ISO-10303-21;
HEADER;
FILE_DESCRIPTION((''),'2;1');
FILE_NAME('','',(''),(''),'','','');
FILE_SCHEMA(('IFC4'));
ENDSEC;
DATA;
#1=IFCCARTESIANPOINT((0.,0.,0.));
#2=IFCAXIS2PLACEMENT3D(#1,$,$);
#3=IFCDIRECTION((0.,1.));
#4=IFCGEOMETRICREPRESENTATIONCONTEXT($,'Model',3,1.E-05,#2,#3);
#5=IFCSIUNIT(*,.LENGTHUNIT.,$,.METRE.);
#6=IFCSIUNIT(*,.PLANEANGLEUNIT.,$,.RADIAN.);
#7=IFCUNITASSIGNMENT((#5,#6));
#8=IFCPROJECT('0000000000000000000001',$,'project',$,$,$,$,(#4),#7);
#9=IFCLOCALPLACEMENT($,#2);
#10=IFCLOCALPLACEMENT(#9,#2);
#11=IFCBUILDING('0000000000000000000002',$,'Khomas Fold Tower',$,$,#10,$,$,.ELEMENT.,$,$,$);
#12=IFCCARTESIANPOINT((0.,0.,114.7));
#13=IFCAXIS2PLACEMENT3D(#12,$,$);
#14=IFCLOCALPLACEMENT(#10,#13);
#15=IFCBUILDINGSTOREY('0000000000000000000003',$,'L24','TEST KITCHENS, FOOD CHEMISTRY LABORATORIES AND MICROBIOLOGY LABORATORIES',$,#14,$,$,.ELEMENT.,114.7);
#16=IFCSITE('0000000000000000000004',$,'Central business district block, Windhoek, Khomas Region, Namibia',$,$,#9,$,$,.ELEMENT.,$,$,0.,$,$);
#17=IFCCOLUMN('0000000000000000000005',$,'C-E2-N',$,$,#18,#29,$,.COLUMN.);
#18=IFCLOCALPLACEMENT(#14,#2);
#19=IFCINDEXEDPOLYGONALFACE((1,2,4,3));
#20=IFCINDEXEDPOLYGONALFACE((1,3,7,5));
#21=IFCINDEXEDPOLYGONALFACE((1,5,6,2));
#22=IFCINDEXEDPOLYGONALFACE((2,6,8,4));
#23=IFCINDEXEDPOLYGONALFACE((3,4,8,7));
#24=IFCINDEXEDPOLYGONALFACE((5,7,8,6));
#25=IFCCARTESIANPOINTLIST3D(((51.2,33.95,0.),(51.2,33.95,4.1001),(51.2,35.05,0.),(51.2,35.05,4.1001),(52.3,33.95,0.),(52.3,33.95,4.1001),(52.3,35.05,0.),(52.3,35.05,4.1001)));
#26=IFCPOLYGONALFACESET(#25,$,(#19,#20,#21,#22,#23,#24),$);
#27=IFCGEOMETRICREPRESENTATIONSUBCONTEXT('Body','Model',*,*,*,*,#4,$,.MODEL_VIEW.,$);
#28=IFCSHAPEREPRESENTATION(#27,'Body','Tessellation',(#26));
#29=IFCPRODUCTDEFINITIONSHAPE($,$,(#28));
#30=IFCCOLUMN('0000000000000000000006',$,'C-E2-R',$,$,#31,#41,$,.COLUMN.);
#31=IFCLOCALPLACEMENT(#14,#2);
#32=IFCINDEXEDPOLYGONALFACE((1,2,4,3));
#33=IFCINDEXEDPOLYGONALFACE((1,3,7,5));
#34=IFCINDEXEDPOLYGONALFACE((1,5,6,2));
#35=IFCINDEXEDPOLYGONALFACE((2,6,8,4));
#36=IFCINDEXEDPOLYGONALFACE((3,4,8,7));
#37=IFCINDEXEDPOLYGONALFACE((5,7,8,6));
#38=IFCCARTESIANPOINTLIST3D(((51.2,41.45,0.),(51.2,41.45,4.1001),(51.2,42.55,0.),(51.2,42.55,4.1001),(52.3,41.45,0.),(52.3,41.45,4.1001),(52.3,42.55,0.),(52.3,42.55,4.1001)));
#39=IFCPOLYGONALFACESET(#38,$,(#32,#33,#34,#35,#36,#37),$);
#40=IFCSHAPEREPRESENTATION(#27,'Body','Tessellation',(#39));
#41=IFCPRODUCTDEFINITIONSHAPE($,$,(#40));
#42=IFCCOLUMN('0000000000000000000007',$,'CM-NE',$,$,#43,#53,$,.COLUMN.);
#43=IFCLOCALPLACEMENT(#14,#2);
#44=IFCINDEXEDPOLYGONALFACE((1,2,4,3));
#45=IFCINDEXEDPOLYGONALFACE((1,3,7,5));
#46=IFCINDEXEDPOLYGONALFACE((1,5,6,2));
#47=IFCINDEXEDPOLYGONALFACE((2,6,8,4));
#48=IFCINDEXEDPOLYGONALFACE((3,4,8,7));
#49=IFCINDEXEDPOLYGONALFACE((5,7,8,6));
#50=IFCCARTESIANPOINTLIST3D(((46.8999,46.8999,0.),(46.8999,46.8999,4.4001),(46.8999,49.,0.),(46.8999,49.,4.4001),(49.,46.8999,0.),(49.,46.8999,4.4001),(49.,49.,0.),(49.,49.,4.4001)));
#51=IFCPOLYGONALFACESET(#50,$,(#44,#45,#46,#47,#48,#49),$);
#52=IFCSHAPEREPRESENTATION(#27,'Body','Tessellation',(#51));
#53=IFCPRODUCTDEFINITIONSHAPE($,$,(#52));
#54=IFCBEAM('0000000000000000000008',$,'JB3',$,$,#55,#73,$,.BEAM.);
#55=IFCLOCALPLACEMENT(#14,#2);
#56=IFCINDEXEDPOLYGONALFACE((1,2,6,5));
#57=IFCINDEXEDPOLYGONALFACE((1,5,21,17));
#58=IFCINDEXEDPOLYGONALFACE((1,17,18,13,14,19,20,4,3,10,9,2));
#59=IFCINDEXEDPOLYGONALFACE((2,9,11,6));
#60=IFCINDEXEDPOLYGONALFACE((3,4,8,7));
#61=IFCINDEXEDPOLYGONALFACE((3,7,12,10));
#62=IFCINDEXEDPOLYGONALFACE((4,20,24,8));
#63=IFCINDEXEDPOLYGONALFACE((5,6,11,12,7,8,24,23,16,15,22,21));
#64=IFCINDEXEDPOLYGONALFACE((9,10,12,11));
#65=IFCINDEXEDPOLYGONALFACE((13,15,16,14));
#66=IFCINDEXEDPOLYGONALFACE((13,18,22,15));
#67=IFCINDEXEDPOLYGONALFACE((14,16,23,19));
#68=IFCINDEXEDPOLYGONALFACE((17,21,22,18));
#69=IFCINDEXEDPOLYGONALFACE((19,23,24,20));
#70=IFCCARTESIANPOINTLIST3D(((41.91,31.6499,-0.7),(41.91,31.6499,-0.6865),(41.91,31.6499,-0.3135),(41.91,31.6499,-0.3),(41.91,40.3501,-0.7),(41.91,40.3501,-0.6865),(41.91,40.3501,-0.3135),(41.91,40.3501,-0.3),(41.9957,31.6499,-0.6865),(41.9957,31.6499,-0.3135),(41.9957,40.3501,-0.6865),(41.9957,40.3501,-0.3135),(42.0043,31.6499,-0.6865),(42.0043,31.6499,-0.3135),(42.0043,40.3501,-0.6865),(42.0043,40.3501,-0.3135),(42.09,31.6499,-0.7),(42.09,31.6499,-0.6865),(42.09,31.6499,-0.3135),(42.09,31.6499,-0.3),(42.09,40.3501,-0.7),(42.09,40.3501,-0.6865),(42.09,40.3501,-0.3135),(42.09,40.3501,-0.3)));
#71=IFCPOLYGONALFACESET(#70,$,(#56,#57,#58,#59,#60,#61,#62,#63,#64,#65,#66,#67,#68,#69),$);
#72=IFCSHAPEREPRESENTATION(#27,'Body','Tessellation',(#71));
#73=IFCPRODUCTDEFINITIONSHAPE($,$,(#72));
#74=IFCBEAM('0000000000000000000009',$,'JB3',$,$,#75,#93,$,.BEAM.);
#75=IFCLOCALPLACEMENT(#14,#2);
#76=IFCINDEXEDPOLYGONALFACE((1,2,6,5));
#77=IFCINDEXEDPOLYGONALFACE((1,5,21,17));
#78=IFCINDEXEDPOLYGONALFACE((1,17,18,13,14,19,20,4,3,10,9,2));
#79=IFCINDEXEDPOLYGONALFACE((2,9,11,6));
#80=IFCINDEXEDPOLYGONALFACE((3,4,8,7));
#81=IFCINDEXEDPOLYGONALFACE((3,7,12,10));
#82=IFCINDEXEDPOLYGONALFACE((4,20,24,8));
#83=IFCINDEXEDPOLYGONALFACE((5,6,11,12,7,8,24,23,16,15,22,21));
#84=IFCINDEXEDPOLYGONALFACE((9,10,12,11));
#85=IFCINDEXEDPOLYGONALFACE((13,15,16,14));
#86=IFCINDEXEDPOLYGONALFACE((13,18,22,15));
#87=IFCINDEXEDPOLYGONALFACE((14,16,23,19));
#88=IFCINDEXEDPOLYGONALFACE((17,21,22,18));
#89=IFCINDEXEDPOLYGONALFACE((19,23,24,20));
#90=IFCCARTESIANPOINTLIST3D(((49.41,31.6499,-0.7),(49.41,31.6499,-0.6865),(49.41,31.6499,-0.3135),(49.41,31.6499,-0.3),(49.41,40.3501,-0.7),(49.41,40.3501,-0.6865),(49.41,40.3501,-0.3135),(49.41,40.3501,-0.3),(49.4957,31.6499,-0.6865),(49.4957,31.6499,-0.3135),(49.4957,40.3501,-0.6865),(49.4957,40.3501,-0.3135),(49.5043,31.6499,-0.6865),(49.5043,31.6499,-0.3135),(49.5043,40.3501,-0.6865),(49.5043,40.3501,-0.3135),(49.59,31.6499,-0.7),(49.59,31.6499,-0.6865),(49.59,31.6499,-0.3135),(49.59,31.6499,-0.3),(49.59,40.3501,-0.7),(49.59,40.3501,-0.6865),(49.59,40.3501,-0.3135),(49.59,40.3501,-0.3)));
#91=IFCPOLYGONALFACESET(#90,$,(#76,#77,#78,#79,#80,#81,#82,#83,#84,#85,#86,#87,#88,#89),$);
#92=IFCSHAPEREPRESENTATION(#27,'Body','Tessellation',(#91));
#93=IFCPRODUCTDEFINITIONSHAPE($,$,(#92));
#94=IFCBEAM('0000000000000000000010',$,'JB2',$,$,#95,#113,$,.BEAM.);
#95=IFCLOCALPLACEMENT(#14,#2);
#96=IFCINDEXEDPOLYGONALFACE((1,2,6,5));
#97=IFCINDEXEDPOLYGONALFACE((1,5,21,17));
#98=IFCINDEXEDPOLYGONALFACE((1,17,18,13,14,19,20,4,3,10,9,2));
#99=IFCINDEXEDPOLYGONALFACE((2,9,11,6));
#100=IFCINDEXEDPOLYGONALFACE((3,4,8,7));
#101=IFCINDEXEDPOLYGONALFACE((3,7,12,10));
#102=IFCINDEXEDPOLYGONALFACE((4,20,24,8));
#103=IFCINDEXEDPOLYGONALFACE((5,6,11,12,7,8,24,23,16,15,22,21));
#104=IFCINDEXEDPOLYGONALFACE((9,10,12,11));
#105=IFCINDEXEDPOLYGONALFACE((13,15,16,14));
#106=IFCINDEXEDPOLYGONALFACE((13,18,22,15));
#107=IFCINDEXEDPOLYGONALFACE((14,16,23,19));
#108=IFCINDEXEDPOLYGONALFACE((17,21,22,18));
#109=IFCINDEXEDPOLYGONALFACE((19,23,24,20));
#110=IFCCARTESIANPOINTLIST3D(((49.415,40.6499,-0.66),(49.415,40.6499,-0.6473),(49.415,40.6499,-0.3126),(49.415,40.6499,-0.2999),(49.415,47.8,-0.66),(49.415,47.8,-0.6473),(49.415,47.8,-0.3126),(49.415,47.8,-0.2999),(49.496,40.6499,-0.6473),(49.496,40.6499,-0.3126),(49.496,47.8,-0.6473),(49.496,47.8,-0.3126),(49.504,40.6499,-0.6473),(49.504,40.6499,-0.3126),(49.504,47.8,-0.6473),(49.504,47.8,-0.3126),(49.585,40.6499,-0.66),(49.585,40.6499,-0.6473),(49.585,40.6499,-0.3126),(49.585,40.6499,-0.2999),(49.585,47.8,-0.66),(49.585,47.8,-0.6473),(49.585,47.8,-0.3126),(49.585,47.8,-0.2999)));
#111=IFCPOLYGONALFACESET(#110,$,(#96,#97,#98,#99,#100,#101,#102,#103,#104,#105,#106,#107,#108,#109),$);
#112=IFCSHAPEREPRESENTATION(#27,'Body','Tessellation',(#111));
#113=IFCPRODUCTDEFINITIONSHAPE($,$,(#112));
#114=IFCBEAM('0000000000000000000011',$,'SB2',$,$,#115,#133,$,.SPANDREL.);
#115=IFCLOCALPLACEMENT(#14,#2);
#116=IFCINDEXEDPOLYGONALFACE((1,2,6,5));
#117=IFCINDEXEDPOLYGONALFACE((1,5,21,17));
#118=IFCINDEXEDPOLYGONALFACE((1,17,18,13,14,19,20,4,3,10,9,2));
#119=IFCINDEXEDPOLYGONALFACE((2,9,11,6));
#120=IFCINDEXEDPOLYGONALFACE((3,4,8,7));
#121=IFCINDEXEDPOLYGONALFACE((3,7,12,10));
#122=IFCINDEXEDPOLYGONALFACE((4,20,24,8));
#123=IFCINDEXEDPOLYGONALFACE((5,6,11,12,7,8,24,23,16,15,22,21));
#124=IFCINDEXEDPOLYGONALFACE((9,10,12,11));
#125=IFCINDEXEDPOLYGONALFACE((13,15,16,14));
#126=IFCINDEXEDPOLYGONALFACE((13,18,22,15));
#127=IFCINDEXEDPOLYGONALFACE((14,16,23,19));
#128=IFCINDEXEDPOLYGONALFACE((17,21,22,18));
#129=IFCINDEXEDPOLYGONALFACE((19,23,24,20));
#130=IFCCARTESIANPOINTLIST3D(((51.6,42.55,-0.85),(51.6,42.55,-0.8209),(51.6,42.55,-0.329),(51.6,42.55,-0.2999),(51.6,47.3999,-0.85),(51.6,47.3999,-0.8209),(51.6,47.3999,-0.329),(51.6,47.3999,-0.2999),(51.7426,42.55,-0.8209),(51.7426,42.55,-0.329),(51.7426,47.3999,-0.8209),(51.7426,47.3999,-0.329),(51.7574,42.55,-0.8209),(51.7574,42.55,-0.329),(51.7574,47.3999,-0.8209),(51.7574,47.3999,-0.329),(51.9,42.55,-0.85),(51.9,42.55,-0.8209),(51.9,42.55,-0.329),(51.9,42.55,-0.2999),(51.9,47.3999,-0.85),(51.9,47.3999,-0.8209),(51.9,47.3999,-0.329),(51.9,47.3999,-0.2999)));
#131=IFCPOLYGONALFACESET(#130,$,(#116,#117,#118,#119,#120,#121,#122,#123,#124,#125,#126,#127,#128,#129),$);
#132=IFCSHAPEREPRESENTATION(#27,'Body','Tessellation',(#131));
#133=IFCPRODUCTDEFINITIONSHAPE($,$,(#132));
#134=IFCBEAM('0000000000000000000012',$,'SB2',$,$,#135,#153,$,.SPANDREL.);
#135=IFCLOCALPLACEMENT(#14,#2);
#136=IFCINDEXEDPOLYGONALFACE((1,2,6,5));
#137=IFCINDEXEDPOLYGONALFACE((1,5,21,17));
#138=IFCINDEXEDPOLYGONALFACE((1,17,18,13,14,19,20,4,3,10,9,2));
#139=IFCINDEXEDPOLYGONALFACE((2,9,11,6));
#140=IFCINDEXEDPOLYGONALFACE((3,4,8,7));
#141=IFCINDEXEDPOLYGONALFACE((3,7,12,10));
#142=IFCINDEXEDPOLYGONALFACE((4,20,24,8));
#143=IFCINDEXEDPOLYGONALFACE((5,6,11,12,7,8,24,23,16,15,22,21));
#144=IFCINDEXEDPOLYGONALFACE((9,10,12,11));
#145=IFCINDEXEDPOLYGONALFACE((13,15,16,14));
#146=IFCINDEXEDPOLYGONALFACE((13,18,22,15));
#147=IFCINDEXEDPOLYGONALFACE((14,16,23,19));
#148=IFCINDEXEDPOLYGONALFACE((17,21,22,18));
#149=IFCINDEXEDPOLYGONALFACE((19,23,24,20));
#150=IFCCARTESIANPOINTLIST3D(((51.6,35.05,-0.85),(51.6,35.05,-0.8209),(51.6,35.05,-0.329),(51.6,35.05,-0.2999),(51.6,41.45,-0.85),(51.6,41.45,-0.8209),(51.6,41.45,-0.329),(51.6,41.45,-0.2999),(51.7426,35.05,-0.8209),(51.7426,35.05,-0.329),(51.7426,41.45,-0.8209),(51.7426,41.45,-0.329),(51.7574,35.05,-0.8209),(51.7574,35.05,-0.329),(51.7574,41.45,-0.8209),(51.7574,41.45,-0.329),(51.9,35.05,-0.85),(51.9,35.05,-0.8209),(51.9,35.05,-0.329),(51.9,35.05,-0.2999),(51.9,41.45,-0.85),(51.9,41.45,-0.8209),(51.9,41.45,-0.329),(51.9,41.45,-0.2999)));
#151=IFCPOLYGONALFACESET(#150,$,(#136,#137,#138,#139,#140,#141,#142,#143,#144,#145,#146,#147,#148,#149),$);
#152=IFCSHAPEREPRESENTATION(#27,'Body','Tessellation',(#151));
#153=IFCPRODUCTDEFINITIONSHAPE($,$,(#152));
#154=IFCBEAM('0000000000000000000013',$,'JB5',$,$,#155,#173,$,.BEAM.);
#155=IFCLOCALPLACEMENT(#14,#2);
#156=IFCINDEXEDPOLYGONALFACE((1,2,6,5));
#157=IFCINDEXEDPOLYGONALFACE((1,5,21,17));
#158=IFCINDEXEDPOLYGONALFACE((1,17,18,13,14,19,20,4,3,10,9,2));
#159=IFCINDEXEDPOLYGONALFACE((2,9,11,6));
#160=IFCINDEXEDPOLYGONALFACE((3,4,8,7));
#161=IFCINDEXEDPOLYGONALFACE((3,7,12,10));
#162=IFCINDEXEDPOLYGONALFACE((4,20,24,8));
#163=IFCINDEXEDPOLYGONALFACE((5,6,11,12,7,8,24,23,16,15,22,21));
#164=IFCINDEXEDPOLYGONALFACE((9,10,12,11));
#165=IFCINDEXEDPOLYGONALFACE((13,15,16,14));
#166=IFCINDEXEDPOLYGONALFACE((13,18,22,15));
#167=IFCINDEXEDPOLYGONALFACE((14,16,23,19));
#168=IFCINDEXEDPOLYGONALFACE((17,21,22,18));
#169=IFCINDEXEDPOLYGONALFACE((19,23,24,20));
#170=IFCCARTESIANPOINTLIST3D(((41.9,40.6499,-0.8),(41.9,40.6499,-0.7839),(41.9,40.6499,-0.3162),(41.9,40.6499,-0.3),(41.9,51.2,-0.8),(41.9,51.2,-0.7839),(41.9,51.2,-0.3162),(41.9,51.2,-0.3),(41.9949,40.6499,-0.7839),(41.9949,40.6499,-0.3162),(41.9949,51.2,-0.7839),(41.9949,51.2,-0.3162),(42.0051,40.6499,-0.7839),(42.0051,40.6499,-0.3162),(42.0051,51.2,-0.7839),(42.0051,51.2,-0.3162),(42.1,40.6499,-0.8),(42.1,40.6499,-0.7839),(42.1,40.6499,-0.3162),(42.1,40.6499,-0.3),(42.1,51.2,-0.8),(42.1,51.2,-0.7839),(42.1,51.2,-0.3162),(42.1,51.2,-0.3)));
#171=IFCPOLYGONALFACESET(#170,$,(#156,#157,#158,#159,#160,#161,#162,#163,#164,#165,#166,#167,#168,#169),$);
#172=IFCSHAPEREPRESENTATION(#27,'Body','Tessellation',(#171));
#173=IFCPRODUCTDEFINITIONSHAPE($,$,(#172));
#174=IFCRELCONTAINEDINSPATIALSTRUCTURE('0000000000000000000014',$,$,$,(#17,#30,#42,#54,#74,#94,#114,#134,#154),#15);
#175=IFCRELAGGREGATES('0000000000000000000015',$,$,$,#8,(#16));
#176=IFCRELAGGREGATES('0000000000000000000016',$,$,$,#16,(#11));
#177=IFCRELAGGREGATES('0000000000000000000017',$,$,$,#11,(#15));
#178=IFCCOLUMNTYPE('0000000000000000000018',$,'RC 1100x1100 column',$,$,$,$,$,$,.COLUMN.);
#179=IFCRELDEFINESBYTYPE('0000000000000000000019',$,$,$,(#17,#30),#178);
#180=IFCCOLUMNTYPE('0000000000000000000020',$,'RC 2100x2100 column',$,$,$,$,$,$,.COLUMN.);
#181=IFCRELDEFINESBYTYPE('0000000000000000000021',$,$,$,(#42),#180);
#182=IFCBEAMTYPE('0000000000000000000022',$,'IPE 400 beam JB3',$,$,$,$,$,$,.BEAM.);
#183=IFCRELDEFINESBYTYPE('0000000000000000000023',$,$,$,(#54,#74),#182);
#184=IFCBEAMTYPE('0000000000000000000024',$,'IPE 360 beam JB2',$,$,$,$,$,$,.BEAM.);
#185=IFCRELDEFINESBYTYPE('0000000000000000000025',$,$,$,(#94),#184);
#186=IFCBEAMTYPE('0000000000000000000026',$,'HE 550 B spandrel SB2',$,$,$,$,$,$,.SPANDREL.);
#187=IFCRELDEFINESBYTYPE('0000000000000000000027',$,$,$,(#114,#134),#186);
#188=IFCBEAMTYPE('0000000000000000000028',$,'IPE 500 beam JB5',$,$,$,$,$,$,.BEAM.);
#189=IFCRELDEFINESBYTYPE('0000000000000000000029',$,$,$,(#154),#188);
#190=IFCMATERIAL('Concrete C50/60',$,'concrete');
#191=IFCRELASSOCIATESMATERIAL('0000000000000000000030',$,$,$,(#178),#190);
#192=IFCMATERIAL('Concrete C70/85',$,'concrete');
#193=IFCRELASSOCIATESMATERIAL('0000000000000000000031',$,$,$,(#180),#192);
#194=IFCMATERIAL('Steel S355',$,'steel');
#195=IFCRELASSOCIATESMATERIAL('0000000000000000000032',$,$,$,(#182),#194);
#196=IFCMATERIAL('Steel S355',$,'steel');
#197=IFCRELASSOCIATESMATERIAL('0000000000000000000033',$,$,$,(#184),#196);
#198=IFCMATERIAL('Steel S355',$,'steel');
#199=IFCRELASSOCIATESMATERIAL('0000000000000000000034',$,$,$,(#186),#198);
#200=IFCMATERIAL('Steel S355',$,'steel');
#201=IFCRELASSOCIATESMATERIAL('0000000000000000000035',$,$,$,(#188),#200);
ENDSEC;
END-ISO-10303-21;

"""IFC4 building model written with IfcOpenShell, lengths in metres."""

from ifc_helpers import new_model, si_unit, direction, frame, origin, origin_2d, place, context, subcontext, project, spatial, rectangle, i_section, extrude, source, transform, mapped, material, material_profile, profile_set, type_object, element, save


model = new_model("IFC4")

# Units and contexts
model_context = context("Model", 3, precision=1e-05, world=origin(), true_north=direction((0.0, 1.0)))
body_context = subcontext(model_context, "Body", "Model", "MODEL_VIEW")
ifc_project = project(units=[si_unit("LENGTHUNIT", "METRE"), si_unit("PLANEANGLEUNIT", "RADIAN")], contexts=[model_context])

# Site, building, storey
site_placement = place(None, origin())
site = spatial("IfcSite", under=ifc_project, at=site_placement, Name="Central business district block, Windhoek, Khomas Region, Namibia", CompositionType="ELEMENT", RefElevation=0.0)
building_placement = place(site_placement, origin())
building = spatial("IfcBuilding", under=site, at=building_placement, Name="Khomas Fold Tower", CompositionType="ELEMENT")
storey_placement = place(building_placement, frame((0.0, 0.0, 114.7)))
storey = spatial("IfcBuildingStorey", under=building, at=storey_placement, Name="L24", Description="TEST KITCHENS, FOOD CHEMISTRY LABORATORIES AND MICROBIOLOGY LABORATORIES", CompositionType="ELEMENT", Elevation=114.7)

# Columns
ifc_material_1 = material(Name="Concrete C50/60", Category="concrete")
ifc_material_profile_1 = material_profile(ifc_material_1, rectangle(XDim=1.1001, YDim=1.1001, at=origin_2d()), Name="RC 1100x1100")
ifc_profile_set_1 = profile_set([ifc_material_profile_1], Name="Concrete C50/60")
column_type_1 = type_object("IfcColumnType", Name="RC 1100x1100 column", PredefinedType="COLUMN", material=ifc_profile_set_1)
shared_shape_1 = source(origin(), body_context, "Body", "SweptSolid", [
    extrude(rectangle(XDim=1.1001, YDim=1.1001, at=origin_2d()), origin(), (0.0, 0.0, 1.0), 4.1001),
])
for number, where, z_axis, x_axis, name in (
    (1, (51.75, 34.5, 0.0), (0.0, 0.0, 1.0), (1.0, 0.0, 0.0), "C-E2-N"),
    (2, (51.75, 42.0, 0.0), (0.0, 0.0, 1.0), (1.0, 0.0, 0.0), "C-E2-R"),
):
    element("IfcColumn", number, at=place(storey_placement, frame(where, z_axis=z_axis, x_axis=x_axis)), inside=storey, type_object=column_type_1, Name=name, PredefinedType="COLUMN", context=body_context, shape_type="MappedRepresentation", body=[
        mapped(shared_shape_1, transform((0.0, 0.0, 0.0))),
    ])
ifc_material_2 = material(Name="Concrete C70/85", Category="concrete")
ifc_material_profile_2 = material_profile(ifc_material_2, rectangle(XDim=2.1001, YDim=2.1001, at=origin_2d()), Name="RC 2100x2100")
ifc_profile_set_2 = profile_set([ifc_material_profile_2], Name="Concrete C70/85")
column_type_2 = type_object("IfcColumnType", Name="RC 2100x2100 column", PredefinedType="COLUMN", material=ifc_profile_set_2)
shared_shape_2 = source(origin(), body_context, "Body", "SweptSolid", [
    extrude(rectangle(XDim=2.1001, YDim=2.1001, at=origin_2d()), origin(), (0.0, 0.0, 1.0), 4.4001),
])
column_placement = place(storey_placement, frame((47.95, 47.95, 0.0), z_axis=(0.0, 0.0, 1.0), x_axis=(1.0, 0.0, 0.0)))
element("IfcColumn", 3, at=column_placement, inside=storey, type_object=column_type_2, Name="CM-NE", PredefinedType="COLUMN", context=body_context, shape_type="MappedRepresentation", body=[
    mapped(shared_shape_2, transform((0.0, 0.0, 0.0))),
])

# Beams
ifc_material_3 = material(Name="Steel S355", Category="steel")
ifc_material_profile_3 = material_profile(ifc_material_3, i_section(OverallWidth=0.1799, OverallDepth=0.3999, WebThickness=0.0085, FlangeThickness=0.0134, at=origin_2d()), Name="IPE 400")
ifc_profile_set_3 = profile_set([ifc_material_profile_3], Name="Steel S355")
beam_type_1 = type_object("IfcBeamType", Name="IPE 400 beam JB3", PredefinedType="BEAM", material=ifc_profile_set_3)
shared_shape_3 = source(origin(), body_context, "Body", "SweptSolid", [
    extrude(i_section(OverallWidth=0.1799, OverallDepth=0.3999, WebThickness=0.0085, FlangeThickness=0.0134, at=origin_2d()), origin(), (0.0, 0.0, 1.0), 8.7002),
])
for number, where, z_axis, x_axis, name in (
    (4, (42.0, 31.6499, -0.5), (0.0, 1.0, 0.0), (-1.0, 0.0, 0.0), "JB3"),
    (5, (49.5, 31.6499, -0.5), (0.0, 1.0, 0.0), (-1.0, 0.0, 0.0), "JB3"),
):
    element("IfcBeam", number, at=place(storey_placement, frame(where, z_axis=z_axis, x_axis=x_axis)), inside=storey, type_object=beam_type_1, Name=name, PredefinedType="BEAM", context=body_context, shape_type="MappedRepresentation", body=[
        mapped(shared_shape_3, transform((0.0, 0.0, 0.0))),
    ])
ifc_material_4 = material(Name="Steel S355", Category="steel")
ifc_material_profile_4 = material_profile(ifc_material_4, i_section(OverallWidth=0.1699, OverallDepth=0.3601, WebThickness=0.0081, FlangeThickness=0.0127, at=origin_2d()), Name="IPE 360")
ifc_profile_set_4 = profile_set([ifc_material_profile_4], Name="Steel S355")
beam_type_2 = type_object("IfcBeamType", Name="IPE 360 beam JB2", PredefinedType="BEAM", material=ifc_profile_set_4)
shared_shape_4 = source(origin(), body_context, "Body", "SweptSolid", [
    extrude(i_section(OverallWidth=0.1699, OverallDepth=0.3601, WebThickness=0.0081, FlangeThickness=0.0127, at=origin_2d()), origin(), (0.0, 0.0, 1.0), 7.1501),
])
beam_1_placement = place(storey_placement, frame((49.5, 40.6499, -0.48), z_axis=(0.0, 1.0, 0.0), x_axis=(-1.0, 0.0, 0.0)))
element("IfcBeam", 6, at=beam_1_placement, inside=storey, type_object=beam_type_2, Name="JB2", PredefinedType="BEAM", context=body_context, shape_type="MappedRepresentation", body=[
    mapped(shared_shape_4, transform((0.0, 0.0, 0.0))),
])
ifc_material_5 = material(Name="Steel S355", Category="steel")
ifc_material_profile_5 = material_profile(ifc_material_5, i_section(OverallWidth=0.3, OverallDepth=0.55, WebThickness=0.0149, FlangeThickness=0.0291, at=origin_2d()), Name="HE 550 B")
ifc_profile_set_5 = profile_set([ifc_material_profile_5], Name="Steel S355")
beam_type_3 = type_object("IfcBeamType", Name="HE 550 B spandrel SB2", PredefinedType="SPANDREL", material=ifc_profile_set_5)
shared_shape_5 = source(origin(), body_context, "Body", "SweptSolid", [
    extrude(i_section(OverallWidth=0.3, OverallDepth=0.55, WebThickness=0.0149, FlangeThickness=0.0291, at=origin_2d()), origin(), (0.0, 0.0, 1.0), 4.8499),
])
beam_2_placement = place(storey_placement, frame((51.75, 42.55, -0.575), z_axis=(0.0, 1.0, 0.0), x_axis=(-1.0, 0.0, 0.0)))
element("IfcBeam", 7, at=beam_2_placement, inside=storey, type_object=beam_type_3, Name="SB2", PredefinedType="SPANDREL", context=body_context, shape_type="MappedRepresentation", body=[
    mapped(shared_shape_5, transform((0.0, 0.0, 0.0))),
])
shared_shape_6 = source(origin(), body_context, "Body", "SweptSolid", [
    extrude(i_section(OverallWidth=0.3, OverallDepth=0.55, WebThickness=0.0149, FlangeThickness=0.0291, at=origin_2d()), origin(), (0.0, 0.0, 1.0), 6.3999),
])
beam_3_placement = place(storey_placement, frame((51.75, 35.05, -0.575), z_axis=(0.0, 1.0, 0.0), x_axis=(-1.0, 0.0, 0.0)))
element("IfcBeam", 8, at=beam_3_placement, inside=storey, type_object=beam_type_3, Name="SB2", PredefinedType="SPANDREL", context=body_context, shape_type="MappedRepresentation", body=[
    mapped(shared_shape_6, transform((0.0, 0.0, 0.0))),
])
ifc_material_6 = material(Name="Steel S355", Category="steel")
ifc_material_profile_6 = material_profile(ifc_material_6, i_section(OverallWidth=0.2, OverallDepth=0.5, WebThickness=0.0103, FlangeThickness=0.0161, at=origin_2d()), Name="IPE 500")
ifc_profile_set_6 = profile_set([ifc_material_profile_6], Name="Steel S355")
beam_type_4 = type_object("IfcBeamType", Name="IPE 500 beam JB5", PredefinedType="BEAM", material=ifc_profile_set_6)
shared_shape_7 = source(origin(), body_context, "Body", "SweptSolid", [
    extrude(i_section(OverallWidth=0.2, OverallDepth=0.5, WebThickness=0.0103, FlangeThickness=0.0161, at=origin_2d()), origin(), (0.0, 0.0, 1.0), 10.55),
])
beam_4_placement = place(storey_placement, frame((42.0, 40.6499, -0.55), z_axis=(0.0, 1.0, 0.0), x_axis=(-1.0, 0.0, 0.0)))
element("IfcBeam", 9, at=beam_4_placement, inside=storey, type_object=beam_type_4, Name="JB5", PredefinedType="BEAM", context=body_context, shape_type="MappedRepresentation", body=[
    mapped(shared_shape_7, transform((0.0, 0.0, 0.0))),
])

save(model, "model.ifc")
